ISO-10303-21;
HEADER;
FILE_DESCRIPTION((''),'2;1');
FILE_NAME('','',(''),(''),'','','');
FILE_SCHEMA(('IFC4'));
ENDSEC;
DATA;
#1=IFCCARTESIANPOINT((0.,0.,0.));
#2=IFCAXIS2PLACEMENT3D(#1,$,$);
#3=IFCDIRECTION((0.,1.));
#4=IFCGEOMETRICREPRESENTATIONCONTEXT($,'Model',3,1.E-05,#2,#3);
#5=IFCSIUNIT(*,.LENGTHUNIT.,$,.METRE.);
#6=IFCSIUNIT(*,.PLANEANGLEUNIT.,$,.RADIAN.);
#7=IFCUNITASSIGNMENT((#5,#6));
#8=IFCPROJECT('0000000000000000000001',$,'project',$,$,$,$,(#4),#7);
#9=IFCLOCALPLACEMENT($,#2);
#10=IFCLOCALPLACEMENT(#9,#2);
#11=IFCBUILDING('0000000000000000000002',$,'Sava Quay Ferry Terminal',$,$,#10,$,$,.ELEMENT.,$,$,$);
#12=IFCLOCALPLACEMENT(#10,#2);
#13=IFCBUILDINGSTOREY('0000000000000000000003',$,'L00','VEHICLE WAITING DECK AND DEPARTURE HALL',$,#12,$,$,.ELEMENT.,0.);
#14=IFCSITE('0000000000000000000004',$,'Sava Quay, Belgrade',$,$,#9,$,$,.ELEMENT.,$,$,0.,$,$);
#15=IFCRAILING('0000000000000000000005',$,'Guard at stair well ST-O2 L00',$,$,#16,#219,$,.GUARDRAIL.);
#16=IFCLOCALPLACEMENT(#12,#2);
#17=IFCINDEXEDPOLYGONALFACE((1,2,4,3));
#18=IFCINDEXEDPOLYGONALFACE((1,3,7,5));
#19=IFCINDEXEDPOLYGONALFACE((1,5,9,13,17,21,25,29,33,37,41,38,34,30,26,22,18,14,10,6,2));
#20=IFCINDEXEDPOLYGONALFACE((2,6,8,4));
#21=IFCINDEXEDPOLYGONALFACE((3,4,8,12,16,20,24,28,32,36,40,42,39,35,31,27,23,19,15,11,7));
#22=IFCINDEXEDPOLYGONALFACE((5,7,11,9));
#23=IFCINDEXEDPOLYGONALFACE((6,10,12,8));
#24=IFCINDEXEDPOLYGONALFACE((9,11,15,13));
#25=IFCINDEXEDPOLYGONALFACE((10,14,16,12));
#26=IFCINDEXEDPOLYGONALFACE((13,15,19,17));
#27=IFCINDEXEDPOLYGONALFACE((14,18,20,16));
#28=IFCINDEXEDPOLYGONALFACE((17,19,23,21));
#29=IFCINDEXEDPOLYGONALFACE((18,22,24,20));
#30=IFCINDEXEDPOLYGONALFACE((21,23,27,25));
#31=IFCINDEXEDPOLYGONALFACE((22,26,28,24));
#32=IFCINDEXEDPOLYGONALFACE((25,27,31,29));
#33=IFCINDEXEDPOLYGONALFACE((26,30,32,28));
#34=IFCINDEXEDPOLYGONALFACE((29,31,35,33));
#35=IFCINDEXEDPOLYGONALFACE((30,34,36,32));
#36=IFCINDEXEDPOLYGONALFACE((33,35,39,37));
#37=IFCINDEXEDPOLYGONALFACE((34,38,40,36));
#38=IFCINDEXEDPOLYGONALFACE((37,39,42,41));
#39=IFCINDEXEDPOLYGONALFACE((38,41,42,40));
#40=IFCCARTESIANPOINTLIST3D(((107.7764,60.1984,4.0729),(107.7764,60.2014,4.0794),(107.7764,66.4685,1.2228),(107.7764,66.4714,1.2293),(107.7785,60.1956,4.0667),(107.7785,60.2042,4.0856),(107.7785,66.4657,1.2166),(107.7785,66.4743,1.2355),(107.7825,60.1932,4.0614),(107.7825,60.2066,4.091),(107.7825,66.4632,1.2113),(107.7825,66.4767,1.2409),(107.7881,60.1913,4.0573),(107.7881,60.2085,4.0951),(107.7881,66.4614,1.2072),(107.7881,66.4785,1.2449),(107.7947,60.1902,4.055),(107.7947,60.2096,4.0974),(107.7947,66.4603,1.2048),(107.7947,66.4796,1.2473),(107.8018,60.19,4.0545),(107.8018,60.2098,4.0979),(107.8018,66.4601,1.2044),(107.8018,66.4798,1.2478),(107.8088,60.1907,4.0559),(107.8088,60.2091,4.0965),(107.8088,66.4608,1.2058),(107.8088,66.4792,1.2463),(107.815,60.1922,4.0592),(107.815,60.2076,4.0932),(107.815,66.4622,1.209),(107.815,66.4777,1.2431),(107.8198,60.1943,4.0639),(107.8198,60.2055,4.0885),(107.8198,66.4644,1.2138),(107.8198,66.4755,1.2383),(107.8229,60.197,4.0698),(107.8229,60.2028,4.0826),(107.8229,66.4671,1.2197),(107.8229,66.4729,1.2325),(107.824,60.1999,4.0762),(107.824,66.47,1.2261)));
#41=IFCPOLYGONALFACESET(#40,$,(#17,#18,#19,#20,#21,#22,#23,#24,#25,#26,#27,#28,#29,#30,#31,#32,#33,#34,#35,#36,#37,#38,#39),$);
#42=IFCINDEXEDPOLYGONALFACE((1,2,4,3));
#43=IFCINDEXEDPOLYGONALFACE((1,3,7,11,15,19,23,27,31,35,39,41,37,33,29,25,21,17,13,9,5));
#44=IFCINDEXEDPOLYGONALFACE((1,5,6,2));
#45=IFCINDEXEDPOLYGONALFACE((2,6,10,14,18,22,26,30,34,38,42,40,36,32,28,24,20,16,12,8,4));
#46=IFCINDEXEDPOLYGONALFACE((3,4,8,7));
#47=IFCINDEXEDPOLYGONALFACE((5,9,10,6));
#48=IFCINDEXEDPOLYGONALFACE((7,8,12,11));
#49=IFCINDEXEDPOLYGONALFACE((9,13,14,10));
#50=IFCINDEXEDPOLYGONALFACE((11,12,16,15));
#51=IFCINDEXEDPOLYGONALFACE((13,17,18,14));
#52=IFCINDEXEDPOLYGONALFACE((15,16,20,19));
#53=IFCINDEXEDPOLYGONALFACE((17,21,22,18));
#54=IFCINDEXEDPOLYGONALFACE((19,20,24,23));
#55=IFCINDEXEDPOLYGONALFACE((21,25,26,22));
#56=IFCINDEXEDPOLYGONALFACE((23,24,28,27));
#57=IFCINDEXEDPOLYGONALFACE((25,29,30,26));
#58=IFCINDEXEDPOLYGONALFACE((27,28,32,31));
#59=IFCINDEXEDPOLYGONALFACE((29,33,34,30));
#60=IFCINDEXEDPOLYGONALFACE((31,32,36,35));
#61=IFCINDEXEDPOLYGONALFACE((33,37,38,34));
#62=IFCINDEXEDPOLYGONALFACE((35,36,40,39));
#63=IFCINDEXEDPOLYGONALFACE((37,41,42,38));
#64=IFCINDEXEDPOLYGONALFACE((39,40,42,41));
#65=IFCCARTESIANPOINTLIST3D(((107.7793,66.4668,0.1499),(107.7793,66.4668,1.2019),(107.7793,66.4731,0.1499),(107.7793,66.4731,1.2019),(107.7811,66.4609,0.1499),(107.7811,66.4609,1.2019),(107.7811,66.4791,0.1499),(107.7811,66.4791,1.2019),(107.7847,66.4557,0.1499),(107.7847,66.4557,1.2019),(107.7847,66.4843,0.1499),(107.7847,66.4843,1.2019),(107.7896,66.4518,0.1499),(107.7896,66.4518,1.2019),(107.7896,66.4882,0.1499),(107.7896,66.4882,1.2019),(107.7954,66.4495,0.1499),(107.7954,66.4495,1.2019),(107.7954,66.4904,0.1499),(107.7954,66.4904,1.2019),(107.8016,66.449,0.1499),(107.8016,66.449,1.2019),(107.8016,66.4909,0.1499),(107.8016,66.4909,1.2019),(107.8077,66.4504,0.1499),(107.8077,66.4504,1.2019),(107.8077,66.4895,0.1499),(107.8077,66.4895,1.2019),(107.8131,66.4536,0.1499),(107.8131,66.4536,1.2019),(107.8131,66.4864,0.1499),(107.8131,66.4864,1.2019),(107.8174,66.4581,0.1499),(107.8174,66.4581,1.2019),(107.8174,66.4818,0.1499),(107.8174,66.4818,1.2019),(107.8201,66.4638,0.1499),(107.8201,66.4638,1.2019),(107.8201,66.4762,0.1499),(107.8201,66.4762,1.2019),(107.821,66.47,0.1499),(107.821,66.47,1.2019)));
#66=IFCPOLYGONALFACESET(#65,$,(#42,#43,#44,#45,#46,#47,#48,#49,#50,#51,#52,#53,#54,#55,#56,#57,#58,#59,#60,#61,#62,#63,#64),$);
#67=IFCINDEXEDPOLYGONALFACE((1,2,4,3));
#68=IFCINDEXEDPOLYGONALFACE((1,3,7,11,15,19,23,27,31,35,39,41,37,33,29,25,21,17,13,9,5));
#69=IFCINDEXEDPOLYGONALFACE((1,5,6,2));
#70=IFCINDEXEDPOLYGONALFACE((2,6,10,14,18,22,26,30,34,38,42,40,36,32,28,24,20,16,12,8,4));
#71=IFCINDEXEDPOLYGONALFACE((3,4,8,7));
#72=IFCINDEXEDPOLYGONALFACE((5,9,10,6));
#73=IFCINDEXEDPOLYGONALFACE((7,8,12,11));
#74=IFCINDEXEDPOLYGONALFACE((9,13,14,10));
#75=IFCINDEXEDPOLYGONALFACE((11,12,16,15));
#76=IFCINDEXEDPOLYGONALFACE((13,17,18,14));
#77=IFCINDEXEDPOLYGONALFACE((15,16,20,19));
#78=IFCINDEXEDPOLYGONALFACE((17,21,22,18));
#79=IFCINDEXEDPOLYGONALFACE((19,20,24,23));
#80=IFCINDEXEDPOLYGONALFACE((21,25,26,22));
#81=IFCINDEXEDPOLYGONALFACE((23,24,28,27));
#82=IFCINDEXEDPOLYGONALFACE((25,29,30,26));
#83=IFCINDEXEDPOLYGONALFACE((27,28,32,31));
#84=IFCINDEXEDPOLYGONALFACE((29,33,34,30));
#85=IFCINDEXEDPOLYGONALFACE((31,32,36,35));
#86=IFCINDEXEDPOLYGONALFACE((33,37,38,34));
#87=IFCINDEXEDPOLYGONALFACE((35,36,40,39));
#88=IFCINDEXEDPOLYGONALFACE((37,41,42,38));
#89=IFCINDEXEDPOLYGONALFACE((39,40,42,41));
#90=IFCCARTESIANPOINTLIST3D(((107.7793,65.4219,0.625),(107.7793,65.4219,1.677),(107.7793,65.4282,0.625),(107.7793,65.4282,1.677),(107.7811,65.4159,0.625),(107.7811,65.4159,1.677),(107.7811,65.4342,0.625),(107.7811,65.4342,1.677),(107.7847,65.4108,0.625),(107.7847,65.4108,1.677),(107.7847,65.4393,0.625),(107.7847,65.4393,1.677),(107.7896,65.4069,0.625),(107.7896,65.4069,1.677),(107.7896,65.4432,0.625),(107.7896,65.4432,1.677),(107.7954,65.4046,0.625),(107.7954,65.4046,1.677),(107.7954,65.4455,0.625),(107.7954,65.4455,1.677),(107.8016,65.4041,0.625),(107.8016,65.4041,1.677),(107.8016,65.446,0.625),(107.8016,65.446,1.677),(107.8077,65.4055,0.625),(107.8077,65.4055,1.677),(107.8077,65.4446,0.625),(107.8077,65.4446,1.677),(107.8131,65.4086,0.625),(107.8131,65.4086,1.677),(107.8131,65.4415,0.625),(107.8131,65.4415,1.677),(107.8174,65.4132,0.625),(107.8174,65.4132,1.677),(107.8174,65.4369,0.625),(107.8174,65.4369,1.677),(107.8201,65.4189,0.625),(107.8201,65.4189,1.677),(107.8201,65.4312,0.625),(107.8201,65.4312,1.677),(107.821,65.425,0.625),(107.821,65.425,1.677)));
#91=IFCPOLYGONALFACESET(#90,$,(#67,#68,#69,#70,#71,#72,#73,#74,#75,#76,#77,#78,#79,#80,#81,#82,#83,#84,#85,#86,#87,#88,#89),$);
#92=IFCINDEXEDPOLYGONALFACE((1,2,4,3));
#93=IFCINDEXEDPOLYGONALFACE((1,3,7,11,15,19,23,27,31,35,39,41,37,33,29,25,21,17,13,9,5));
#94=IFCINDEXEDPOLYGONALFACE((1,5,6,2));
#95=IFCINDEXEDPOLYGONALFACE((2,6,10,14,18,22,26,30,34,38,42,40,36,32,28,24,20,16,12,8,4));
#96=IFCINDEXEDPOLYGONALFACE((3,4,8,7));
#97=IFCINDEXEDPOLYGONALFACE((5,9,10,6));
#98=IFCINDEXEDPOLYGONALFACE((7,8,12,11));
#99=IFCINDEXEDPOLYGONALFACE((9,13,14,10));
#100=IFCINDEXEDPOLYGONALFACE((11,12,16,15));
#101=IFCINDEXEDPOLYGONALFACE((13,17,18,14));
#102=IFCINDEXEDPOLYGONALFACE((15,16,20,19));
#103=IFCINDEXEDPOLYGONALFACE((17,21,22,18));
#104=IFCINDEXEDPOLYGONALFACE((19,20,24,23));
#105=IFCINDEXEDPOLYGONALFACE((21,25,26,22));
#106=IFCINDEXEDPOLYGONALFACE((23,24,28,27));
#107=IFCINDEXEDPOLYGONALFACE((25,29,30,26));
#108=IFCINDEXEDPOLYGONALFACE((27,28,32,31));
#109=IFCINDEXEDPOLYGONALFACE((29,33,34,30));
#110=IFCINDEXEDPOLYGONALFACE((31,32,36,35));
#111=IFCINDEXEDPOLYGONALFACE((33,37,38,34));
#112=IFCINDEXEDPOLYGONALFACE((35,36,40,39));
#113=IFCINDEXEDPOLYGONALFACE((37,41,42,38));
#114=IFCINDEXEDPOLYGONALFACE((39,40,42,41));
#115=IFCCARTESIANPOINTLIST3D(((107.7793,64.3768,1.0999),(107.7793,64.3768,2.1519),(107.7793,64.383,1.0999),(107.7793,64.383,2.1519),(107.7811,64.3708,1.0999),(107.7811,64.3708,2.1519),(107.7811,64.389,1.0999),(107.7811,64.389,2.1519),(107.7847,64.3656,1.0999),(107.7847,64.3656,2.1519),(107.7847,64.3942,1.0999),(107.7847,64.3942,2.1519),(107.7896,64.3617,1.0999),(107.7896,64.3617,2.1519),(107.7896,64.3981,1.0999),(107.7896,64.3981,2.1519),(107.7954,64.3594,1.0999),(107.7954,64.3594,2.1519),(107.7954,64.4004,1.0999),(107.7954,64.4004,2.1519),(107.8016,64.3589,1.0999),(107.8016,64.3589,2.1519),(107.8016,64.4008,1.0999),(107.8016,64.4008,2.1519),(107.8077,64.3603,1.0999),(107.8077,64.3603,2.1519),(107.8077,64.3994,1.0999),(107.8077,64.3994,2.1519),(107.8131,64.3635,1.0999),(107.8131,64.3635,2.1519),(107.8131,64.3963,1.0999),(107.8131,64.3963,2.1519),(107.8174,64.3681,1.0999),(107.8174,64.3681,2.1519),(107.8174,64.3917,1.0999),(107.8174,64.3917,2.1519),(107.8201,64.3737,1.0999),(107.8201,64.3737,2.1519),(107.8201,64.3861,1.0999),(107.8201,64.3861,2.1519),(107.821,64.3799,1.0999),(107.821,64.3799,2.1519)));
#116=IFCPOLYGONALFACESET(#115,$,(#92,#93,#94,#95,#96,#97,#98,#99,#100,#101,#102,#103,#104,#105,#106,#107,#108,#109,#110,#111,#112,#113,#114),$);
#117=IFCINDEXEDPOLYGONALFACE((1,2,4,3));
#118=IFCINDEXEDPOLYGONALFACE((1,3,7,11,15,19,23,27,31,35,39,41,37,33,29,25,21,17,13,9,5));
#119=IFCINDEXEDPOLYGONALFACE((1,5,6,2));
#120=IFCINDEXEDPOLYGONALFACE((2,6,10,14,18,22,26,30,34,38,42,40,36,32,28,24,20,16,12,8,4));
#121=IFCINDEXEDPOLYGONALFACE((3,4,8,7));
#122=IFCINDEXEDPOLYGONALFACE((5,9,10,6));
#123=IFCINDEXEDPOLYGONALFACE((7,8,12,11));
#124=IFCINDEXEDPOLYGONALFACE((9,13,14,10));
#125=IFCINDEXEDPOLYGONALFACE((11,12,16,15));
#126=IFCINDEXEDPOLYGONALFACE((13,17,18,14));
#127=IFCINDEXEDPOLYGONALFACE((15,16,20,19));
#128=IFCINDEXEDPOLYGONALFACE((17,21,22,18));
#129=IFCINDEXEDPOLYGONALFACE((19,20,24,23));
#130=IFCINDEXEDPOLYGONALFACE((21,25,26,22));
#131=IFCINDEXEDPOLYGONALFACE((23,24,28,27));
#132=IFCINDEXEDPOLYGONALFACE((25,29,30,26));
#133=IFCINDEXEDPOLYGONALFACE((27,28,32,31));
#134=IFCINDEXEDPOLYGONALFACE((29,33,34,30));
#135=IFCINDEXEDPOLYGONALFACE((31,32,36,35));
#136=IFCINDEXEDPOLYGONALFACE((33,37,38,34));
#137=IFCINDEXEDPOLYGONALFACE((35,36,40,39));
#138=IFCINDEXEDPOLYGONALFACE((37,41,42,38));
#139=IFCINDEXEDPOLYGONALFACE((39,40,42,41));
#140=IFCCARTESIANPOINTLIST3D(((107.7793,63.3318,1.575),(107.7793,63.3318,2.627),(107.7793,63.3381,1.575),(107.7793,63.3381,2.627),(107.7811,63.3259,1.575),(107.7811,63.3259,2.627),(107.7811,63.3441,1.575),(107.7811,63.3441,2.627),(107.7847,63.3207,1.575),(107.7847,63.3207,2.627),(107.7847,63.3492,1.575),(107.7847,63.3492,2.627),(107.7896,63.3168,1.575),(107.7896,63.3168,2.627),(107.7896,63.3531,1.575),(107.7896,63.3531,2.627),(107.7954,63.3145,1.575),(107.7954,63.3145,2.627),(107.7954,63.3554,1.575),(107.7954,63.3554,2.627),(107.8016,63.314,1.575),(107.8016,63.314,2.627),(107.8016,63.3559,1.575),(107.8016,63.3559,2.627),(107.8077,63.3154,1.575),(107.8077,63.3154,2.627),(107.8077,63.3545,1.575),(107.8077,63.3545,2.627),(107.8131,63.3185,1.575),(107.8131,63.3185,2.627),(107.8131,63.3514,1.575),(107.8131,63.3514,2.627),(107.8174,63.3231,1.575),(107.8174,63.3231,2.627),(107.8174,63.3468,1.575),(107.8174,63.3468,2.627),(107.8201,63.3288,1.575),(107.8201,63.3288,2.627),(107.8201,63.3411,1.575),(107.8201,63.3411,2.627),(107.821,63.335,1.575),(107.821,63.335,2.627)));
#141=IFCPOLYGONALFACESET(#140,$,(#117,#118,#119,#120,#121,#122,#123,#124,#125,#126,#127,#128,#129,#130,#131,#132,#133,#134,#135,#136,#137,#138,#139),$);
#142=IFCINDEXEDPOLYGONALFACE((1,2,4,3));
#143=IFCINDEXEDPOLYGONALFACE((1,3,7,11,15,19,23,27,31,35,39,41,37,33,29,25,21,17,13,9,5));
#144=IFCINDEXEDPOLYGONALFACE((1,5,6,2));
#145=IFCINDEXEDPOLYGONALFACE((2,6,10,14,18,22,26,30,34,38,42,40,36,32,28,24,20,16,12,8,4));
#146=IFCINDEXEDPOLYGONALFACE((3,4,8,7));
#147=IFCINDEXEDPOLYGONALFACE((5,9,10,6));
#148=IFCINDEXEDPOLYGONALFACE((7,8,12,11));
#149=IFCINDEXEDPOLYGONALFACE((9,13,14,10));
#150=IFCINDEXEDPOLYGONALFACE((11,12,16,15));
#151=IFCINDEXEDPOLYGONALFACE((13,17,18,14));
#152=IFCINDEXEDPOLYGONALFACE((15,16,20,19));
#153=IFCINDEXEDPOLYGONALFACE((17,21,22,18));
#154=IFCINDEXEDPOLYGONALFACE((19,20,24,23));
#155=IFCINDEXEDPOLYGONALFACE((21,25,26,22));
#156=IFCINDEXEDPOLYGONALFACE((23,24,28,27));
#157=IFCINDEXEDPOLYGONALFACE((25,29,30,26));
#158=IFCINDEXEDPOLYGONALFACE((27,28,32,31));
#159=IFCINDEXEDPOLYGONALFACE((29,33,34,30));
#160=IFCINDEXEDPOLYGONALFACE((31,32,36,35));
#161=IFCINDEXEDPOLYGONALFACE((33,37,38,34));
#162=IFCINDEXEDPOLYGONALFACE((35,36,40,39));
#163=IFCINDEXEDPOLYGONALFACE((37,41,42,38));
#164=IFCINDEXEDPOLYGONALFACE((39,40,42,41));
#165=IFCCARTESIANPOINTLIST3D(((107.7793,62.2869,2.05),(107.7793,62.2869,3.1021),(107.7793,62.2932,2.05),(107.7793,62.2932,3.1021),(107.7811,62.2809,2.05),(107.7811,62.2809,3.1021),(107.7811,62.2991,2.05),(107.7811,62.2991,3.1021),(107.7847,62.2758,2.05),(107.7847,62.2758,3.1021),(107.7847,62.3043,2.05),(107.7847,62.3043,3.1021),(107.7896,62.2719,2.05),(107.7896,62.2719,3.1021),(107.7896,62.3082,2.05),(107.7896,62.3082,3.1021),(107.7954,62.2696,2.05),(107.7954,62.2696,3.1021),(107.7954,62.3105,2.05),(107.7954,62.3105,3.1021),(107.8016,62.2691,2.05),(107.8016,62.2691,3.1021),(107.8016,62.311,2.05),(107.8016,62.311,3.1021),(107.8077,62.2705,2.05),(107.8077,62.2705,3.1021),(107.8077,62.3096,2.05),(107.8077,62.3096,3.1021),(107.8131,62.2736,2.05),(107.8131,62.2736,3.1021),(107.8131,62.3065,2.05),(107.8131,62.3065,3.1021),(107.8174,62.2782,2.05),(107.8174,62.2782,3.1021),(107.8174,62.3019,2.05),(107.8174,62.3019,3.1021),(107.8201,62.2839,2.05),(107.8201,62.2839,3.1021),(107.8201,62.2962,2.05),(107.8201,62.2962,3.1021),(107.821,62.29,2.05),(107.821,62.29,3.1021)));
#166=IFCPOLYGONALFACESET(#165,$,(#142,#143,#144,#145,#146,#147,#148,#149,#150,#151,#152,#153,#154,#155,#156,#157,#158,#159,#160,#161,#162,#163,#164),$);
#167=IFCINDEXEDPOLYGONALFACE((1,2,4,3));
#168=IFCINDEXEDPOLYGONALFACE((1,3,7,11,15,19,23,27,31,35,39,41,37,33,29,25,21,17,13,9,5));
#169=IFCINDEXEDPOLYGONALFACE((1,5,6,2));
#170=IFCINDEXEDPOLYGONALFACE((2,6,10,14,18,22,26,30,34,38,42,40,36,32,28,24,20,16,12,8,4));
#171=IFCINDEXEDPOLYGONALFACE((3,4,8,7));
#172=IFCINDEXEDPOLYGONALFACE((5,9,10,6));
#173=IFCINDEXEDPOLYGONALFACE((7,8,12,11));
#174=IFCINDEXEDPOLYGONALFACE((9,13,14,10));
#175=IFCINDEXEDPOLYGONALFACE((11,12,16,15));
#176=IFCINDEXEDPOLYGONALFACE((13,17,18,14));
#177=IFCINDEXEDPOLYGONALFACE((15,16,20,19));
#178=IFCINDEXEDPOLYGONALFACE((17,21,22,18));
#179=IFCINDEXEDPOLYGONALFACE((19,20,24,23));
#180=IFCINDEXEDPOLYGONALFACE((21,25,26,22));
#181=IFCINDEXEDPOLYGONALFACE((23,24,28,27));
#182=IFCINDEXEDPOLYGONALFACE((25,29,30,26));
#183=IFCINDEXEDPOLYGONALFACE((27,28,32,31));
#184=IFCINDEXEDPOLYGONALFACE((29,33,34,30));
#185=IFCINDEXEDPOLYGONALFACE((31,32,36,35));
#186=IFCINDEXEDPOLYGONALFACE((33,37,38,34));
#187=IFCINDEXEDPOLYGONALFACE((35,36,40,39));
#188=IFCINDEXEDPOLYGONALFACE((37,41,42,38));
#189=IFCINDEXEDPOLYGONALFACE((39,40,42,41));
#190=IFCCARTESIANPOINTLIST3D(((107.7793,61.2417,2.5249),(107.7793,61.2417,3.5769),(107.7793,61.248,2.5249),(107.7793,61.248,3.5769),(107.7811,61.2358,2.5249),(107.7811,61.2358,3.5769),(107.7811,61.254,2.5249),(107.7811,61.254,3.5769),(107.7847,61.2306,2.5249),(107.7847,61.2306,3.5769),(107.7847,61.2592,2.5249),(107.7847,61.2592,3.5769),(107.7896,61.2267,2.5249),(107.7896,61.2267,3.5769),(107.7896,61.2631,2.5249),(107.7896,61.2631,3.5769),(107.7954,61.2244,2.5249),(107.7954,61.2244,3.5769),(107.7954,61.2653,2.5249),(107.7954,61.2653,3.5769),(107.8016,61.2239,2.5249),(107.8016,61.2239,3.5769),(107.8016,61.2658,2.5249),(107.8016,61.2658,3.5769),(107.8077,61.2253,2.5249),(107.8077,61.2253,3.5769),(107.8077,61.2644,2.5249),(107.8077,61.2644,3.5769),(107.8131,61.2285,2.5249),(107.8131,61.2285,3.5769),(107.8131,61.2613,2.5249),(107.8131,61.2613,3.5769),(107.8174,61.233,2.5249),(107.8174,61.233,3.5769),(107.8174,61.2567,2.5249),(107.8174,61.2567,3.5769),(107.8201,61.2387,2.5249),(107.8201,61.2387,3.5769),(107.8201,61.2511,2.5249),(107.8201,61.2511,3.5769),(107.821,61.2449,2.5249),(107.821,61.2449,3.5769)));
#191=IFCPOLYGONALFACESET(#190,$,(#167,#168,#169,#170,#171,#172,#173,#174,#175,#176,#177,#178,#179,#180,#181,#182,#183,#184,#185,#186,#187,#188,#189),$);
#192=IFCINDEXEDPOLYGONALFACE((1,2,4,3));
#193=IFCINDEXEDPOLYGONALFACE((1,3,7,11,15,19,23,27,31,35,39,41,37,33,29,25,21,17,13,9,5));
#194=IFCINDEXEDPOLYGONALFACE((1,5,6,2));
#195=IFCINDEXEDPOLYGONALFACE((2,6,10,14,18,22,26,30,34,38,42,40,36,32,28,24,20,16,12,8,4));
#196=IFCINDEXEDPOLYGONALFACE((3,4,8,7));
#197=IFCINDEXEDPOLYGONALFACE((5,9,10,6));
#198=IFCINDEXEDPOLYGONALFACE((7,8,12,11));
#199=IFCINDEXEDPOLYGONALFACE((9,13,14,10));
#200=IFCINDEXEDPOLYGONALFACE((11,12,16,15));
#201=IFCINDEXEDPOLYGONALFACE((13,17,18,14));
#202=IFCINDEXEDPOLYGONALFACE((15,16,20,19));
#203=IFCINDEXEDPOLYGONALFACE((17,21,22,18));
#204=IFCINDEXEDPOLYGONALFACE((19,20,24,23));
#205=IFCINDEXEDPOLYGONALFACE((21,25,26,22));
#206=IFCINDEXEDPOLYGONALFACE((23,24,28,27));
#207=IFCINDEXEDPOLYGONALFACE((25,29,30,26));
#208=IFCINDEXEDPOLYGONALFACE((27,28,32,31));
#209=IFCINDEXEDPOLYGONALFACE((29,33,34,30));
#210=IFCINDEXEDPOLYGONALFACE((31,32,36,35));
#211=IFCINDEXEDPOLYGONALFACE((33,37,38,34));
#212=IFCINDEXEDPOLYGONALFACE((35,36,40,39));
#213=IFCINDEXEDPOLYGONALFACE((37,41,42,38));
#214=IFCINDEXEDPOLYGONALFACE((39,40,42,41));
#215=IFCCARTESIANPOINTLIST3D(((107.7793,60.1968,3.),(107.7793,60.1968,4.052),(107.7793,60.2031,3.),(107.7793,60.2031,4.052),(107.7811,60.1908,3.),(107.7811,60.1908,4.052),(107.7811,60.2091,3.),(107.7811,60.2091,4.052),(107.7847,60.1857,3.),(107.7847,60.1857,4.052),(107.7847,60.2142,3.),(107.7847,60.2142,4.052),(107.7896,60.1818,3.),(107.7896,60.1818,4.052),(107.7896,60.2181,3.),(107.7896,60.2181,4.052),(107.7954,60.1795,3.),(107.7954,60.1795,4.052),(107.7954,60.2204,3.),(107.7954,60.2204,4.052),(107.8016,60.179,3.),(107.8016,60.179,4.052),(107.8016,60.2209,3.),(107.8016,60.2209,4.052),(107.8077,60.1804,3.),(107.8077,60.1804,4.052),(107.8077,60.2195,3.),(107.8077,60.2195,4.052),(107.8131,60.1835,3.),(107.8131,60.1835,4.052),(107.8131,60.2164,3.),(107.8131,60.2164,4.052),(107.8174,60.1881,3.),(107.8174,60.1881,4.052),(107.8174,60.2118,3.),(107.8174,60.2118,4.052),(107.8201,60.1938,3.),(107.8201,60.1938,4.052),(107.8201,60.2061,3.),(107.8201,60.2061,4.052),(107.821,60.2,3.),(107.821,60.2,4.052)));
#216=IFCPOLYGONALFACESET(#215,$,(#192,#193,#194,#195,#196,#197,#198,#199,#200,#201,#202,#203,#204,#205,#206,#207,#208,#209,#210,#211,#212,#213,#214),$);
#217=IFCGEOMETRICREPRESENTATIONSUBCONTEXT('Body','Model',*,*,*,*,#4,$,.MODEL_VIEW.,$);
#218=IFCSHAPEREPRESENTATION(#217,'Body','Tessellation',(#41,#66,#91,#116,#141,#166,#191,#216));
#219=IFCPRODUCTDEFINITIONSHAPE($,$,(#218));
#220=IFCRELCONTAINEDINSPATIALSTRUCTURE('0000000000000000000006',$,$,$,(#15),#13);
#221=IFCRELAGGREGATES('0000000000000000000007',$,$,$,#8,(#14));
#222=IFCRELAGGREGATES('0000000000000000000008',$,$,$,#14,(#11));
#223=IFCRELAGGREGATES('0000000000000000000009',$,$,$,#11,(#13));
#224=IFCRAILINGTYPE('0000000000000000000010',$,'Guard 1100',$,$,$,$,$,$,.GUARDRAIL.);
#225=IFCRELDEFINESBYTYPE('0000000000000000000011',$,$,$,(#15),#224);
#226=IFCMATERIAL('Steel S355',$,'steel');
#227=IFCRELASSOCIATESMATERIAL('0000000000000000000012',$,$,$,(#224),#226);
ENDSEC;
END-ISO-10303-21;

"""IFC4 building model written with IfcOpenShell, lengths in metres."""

from ifc_helpers import new_model, si_unit, direction, frame, origin, origin_2d, place, context, subcontext, project, spatial, circle, extrude, material, type_object, element, save


model = new_model("IFC4")

# Units and contexts
model_context = context("Model", 3, precision=1e-05, world=origin(), true_north=direction((0.0, 1.0)))
body_context = subcontext(model_context, "Body", "Model", "MODEL_VIEW")
ifc_project = project(units=[si_unit("LENGTHUNIT", "METRE"), si_unit("PLANEANGLEUNIT", "RADIAN")], contexts=[model_context])

# Site, building, storey
site_placement = place(None, origin())
site = spatial("IfcSite", under=ifc_project, at=site_placement, Name="Sava Quay, Belgrade", CompositionType="ELEMENT", RefElevation=0.0)
building_placement = place(site_placement, origin())
building = spatial("IfcBuilding", under=site, at=building_placement, Name="Sava Quay Ferry Terminal", CompositionType="ELEMENT")
storey_placement = place(building_placement, origin())
storey = spatial("IfcBuildingStorey", under=building, at=storey_placement, Name="L00", Description="VEHICLE WAITING DECK AND DEPARTURE HALL", CompositionType="ELEMENT", Elevation=0.0)

# Railing
ifc_material_1 = material(Name="Steel S355", Category="steel")
railing_type_1 = type_object("IfcRailingType", Name="Guard 1100", PredefinedType="GUARDRAIL", material=ifc_material_1)
railing_1_placement = place(storey_placement, frame((107.8, 66.47, 0.1499)))
element("IfcRailing", 1, at=railing_1_placement, inside=storey, type_object=railing_type_1, Name="Guard at stair well ST-O2 L00", PredefinedType="GUARDRAIL", context=body_context, shape_type="SweptSolid", body=[
    extrude(circle(Radius=0.0239, at=origin_2d()), frame((0.0, 0.0, 1.0762), z_axis=(0.0, -0.910362, 0.413814), x_axis=(1.0, 0.0, 0.0)), (0.0, 0.0, 1.0), 6.8875),
    extrude(circle(Radius=0.021, at=origin_2d()), origin(), (0.0, 0.0, 1.0), 1.052),
    extrude(circle(Radius=0.021, at=origin_2d()), frame((0.0, -1.0449, 0.4751)), (0.0, 0.0, 1.0), 1.052),
    extrude(circle(Radius=0.021, at=origin_2d()), frame((0.0, -2.0901, 0.95)), (0.0, 0.0, 1.0), 1.052),
    extrude(circle(Radius=0.021, at=origin_2d()), frame((0.0, -3.135, 1.425)), (0.0, 0.0, 1.0), 1.052),
    extrude(circle(Radius=0.021, at=origin_2d()), frame((0.0, -4.1799, 1.9001)), (0.0, 0.0, 1.0), 1.052),
    extrude(circle(Radius=0.021, at=origin_2d()), frame((0.0, -5.2251, 2.375)), (0.0, 0.0, 1.0), 1.052),
    extrude(circle(Radius=0.021, at=origin_2d()), frame((0.0, -6.27, 2.8501)), (0.0, 0.0, 1.0), 1.052),
])

save(model, "model.ifc")
